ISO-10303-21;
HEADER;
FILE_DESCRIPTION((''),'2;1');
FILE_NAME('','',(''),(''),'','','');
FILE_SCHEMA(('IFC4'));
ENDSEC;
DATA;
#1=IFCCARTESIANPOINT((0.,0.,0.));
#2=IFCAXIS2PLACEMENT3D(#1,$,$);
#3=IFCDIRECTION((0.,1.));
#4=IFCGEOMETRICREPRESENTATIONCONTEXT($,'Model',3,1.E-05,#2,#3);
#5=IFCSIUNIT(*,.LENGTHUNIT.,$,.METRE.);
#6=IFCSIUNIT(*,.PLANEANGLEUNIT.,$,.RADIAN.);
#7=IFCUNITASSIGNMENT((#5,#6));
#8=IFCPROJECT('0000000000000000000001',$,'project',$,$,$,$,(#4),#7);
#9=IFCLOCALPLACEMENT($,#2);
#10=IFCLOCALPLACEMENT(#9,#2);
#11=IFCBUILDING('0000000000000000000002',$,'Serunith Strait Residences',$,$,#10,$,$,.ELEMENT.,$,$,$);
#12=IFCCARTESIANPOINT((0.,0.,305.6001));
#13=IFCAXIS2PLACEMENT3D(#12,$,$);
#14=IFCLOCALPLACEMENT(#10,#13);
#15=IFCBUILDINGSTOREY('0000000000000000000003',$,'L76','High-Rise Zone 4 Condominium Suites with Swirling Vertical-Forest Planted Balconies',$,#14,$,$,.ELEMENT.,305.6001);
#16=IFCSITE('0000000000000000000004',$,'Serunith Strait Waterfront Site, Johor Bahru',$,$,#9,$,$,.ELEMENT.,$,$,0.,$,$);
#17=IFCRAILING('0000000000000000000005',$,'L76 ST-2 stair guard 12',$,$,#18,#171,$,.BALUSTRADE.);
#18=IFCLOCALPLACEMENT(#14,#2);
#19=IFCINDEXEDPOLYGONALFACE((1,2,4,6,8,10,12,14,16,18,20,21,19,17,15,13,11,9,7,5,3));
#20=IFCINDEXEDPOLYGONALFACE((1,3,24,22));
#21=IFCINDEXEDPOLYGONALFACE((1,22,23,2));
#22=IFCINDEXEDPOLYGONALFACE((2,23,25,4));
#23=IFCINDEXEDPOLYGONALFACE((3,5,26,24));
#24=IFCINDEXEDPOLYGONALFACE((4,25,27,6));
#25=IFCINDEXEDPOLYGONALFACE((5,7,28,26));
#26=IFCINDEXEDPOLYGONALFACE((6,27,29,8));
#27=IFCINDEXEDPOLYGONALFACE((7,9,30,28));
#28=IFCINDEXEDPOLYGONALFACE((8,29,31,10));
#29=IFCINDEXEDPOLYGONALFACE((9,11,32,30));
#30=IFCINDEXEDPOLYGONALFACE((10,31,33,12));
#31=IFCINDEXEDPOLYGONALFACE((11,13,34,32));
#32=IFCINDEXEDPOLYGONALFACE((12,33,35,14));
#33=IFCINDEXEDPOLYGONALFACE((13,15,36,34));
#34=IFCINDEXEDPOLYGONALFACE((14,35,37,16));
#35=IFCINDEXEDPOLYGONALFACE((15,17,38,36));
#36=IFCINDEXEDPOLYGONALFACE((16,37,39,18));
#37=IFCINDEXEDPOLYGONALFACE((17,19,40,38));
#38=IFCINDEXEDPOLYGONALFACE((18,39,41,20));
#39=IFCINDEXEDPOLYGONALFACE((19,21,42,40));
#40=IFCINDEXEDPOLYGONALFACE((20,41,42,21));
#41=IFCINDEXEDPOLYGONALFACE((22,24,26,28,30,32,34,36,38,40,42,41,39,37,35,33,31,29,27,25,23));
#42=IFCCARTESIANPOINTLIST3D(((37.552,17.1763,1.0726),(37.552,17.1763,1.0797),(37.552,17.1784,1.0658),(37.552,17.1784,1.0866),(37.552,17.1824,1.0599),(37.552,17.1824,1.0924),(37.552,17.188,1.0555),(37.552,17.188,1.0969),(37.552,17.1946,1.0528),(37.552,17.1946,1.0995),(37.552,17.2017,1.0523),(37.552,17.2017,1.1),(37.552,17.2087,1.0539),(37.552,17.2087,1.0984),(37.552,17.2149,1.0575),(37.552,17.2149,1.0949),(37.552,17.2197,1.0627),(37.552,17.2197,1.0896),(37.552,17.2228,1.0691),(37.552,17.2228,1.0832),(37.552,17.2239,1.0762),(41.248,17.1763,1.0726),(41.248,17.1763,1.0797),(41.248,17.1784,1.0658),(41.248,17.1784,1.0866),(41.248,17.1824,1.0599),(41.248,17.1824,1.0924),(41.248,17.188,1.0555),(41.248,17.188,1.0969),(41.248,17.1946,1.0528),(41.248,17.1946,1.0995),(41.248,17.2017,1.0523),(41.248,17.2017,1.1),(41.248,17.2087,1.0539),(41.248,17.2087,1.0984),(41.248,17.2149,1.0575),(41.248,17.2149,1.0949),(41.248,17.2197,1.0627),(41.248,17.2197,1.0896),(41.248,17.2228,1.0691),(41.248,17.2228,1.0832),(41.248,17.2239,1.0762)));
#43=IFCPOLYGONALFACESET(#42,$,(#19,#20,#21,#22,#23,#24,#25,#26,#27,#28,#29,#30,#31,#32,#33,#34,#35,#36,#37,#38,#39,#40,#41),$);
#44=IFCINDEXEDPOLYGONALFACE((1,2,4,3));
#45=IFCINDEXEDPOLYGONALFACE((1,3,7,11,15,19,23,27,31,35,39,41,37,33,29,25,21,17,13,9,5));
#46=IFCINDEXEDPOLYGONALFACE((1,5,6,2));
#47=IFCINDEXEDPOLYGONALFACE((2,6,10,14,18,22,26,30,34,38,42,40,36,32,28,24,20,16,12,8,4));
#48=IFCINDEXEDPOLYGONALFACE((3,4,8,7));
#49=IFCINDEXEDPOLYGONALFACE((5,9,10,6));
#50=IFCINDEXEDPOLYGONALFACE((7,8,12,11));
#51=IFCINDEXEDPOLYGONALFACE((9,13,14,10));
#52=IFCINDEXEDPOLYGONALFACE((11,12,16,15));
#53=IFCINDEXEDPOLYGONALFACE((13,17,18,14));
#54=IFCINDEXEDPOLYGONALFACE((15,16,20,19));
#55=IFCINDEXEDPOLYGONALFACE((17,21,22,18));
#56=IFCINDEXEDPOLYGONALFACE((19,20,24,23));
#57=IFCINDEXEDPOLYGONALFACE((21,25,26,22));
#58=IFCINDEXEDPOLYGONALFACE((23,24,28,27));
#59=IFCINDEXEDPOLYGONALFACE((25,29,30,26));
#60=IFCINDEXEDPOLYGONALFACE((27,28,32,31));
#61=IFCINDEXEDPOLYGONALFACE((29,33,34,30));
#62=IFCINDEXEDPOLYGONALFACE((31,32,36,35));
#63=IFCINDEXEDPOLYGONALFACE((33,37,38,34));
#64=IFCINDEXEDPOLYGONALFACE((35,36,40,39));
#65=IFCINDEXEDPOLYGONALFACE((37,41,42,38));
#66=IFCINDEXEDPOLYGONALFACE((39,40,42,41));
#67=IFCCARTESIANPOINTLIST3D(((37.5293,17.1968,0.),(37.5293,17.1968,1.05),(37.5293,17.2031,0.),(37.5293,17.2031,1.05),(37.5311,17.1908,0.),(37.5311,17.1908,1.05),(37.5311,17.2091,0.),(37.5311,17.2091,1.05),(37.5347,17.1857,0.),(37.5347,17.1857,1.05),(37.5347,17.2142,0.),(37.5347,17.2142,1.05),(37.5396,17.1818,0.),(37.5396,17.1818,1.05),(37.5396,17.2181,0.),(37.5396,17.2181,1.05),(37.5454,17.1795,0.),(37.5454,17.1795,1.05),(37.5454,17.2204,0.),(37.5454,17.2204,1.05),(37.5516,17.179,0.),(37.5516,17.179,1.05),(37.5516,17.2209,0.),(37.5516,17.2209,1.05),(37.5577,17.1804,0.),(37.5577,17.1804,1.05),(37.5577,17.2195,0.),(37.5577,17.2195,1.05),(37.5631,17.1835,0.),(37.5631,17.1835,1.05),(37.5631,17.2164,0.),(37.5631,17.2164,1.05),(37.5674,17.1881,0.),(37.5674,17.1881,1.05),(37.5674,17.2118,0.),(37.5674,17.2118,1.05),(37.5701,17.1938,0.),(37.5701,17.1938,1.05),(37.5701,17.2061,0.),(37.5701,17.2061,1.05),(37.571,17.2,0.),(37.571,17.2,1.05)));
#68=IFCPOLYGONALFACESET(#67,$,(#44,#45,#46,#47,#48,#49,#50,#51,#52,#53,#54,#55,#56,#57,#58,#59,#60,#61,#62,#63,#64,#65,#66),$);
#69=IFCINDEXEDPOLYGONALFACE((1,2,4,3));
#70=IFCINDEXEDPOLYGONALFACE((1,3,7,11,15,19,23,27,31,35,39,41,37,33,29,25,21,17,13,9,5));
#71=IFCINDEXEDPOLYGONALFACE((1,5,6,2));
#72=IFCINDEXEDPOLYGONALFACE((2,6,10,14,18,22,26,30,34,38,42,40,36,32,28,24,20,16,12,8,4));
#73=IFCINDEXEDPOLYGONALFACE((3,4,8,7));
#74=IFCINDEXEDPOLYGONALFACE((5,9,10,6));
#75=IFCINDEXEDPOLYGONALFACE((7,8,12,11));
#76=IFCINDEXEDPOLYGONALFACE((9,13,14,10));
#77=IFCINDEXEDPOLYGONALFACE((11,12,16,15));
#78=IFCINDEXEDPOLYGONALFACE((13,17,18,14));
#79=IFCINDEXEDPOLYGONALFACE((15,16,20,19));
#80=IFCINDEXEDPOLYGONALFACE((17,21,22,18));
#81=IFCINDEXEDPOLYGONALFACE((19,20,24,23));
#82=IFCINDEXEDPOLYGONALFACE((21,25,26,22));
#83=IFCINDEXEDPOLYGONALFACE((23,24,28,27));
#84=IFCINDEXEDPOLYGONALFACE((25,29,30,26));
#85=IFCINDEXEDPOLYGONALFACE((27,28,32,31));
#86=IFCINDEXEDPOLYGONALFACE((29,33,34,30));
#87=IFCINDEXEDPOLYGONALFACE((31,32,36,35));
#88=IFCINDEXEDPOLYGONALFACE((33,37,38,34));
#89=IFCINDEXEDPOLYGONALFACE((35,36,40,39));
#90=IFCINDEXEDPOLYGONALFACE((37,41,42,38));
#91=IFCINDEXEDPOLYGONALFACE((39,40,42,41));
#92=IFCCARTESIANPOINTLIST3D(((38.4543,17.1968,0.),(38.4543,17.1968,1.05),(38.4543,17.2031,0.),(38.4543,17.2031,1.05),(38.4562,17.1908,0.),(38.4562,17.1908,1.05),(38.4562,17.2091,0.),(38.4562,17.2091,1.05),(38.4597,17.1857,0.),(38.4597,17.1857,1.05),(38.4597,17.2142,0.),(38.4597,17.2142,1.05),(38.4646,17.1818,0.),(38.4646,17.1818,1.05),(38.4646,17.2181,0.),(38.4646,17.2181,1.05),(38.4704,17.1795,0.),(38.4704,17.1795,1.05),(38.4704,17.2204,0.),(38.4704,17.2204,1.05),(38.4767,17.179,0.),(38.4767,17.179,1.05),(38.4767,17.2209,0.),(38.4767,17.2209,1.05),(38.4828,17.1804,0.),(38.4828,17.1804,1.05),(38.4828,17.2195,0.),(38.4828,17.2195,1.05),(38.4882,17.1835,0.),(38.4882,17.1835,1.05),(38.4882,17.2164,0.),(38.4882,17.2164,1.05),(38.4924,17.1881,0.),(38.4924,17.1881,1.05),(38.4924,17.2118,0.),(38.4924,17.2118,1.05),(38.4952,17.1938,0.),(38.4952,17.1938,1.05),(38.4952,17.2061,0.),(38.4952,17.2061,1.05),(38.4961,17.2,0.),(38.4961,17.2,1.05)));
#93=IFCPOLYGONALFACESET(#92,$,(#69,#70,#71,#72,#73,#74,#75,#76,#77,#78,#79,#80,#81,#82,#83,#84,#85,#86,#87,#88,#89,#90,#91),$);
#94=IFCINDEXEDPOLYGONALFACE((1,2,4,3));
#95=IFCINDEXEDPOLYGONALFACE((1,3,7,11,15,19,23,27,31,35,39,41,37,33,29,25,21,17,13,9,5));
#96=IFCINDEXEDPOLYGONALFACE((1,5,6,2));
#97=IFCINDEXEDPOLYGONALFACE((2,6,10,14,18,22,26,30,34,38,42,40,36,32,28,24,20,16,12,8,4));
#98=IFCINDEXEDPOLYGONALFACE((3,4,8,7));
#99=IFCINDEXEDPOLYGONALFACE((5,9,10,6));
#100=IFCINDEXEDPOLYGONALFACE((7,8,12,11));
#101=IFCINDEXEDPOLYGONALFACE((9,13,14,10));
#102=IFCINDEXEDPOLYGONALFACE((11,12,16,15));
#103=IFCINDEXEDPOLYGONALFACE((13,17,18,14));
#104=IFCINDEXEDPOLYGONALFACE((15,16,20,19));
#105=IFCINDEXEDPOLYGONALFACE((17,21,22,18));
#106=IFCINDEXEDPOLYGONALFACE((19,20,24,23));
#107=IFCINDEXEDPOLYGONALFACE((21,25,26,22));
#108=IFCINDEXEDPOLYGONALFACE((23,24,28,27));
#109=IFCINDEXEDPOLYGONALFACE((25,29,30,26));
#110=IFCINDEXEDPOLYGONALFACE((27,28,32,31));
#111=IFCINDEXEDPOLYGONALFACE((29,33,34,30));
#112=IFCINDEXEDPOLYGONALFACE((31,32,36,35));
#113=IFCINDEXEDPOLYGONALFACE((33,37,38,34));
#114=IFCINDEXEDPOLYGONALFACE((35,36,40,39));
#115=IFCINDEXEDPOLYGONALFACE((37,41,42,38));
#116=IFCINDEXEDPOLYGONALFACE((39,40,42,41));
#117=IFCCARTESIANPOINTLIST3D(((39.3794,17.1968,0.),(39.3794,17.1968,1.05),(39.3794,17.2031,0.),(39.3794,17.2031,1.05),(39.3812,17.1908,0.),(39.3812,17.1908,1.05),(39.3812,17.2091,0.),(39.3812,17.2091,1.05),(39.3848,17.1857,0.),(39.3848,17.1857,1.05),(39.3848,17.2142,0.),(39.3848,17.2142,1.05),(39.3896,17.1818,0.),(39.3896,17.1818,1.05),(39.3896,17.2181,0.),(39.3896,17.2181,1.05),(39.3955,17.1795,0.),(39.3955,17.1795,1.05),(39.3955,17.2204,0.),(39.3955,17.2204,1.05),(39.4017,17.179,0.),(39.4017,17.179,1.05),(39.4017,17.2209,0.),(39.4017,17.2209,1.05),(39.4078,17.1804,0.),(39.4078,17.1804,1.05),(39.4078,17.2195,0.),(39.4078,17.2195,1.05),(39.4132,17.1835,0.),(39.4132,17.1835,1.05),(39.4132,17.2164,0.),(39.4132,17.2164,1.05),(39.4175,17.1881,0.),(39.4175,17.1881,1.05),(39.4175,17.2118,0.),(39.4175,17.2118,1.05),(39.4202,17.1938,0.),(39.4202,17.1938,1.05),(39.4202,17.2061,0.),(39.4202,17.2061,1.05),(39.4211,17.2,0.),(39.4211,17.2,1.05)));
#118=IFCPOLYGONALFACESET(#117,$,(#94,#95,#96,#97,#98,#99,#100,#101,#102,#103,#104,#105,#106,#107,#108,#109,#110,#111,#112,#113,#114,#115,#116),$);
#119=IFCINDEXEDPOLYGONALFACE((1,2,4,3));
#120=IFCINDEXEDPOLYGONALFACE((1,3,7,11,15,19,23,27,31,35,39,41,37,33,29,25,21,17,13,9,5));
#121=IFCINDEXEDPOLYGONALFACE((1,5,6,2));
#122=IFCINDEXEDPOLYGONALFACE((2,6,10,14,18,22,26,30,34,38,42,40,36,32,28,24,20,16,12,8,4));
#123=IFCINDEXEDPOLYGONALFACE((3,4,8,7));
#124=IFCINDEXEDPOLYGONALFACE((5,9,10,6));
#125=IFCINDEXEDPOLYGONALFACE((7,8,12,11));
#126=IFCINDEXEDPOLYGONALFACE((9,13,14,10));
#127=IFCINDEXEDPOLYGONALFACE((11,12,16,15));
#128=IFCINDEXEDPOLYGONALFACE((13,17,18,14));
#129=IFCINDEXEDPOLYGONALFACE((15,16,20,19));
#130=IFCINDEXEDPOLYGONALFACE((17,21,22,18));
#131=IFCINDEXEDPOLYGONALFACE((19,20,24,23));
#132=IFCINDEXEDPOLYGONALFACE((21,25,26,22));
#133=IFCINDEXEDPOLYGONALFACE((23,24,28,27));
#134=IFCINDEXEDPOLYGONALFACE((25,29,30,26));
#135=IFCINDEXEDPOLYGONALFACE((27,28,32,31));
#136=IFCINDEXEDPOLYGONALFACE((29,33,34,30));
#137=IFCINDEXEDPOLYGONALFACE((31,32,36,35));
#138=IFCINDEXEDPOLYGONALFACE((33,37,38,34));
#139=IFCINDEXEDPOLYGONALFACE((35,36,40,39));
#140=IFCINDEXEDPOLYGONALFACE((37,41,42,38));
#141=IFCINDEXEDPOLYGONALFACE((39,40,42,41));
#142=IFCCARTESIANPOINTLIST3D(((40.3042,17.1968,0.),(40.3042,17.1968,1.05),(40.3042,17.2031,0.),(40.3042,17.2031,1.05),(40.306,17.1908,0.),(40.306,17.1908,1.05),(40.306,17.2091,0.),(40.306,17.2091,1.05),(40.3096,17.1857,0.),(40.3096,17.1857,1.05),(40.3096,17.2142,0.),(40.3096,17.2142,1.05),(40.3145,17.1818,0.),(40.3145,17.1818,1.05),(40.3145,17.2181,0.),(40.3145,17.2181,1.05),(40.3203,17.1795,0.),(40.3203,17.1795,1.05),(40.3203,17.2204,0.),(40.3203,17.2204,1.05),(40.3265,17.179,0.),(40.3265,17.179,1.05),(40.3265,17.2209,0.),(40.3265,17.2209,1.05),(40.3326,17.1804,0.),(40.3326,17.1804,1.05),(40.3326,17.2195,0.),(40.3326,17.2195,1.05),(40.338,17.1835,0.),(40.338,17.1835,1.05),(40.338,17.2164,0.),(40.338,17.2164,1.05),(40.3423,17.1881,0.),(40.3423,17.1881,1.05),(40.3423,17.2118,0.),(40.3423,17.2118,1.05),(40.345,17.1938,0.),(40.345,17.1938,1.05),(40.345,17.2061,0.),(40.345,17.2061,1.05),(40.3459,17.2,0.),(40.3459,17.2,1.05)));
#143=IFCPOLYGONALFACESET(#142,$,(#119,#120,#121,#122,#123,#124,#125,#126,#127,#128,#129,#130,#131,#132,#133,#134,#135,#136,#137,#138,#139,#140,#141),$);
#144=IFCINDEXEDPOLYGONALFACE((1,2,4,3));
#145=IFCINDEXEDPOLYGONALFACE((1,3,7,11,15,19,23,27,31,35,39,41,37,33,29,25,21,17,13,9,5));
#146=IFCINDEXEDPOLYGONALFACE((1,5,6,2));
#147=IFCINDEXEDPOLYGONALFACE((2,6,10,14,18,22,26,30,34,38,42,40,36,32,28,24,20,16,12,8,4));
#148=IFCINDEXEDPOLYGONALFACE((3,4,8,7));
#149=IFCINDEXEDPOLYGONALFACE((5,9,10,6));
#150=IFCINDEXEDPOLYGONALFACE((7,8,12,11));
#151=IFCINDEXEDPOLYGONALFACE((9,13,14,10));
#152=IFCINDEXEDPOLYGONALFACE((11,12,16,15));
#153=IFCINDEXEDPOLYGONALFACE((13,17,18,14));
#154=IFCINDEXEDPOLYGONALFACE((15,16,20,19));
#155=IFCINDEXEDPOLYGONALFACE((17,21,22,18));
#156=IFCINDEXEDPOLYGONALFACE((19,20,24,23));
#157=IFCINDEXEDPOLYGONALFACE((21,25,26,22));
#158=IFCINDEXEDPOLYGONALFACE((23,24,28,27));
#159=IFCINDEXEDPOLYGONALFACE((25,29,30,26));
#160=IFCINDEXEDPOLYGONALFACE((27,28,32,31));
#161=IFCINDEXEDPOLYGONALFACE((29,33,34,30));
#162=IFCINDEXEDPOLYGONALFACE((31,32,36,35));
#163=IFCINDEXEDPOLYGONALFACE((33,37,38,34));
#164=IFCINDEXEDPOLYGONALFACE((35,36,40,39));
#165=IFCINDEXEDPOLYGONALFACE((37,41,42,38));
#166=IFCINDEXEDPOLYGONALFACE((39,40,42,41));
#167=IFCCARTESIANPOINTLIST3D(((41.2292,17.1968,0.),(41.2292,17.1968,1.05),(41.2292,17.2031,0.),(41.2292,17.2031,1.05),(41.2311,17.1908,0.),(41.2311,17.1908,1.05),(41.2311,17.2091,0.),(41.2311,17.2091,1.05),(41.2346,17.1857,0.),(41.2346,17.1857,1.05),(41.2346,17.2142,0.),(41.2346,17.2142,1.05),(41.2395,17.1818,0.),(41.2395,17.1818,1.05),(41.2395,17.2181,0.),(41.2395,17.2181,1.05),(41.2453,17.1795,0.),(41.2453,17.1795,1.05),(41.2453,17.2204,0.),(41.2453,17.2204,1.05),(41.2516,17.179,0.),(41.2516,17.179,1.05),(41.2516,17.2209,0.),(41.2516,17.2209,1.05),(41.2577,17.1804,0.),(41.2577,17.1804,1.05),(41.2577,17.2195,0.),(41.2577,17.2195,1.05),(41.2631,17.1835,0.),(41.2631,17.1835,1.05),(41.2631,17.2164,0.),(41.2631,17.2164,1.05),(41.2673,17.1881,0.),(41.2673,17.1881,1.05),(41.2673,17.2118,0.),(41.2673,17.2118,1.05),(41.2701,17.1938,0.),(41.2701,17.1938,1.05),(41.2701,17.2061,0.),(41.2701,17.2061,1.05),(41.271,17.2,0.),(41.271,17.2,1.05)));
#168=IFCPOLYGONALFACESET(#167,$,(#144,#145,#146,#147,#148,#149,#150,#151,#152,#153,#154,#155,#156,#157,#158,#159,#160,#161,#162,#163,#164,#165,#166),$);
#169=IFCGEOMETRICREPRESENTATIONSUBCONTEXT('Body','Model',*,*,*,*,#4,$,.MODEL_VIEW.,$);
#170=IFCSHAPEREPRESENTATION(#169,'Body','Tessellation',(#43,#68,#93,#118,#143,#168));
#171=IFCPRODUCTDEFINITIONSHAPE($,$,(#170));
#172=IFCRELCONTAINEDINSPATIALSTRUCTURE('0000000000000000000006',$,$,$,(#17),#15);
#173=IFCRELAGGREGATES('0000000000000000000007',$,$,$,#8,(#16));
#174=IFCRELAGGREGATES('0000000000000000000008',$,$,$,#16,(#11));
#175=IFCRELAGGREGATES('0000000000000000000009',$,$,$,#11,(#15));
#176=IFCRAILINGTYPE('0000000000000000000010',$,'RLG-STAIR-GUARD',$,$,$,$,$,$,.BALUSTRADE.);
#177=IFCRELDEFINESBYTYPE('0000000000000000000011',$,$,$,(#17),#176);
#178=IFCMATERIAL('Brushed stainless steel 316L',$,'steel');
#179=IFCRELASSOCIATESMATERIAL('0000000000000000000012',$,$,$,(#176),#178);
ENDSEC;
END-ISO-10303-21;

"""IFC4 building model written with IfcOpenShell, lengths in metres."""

from ifc_helpers import new_model, si_unit, direction, frame, origin, origin_2d, place, context, subcontext, project, spatial, circle, extrude, material, type_object, element, save


model = new_model("IFC4")

# Units and contexts
model_context = context("Model", 3, precision=1e-05, world=origin(), true_north=direction((0.0, 1.0)))
body_context = subcontext(model_context, "Body", "Model", "MODEL_VIEW")
ifc_project = project(units=[si_unit("LENGTHUNIT", "METRE"), si_unit("PLANEANGLEUNIT", "RADIAN")], contexts=[model_context])

# Site, building, storey
site_placement = place(None, origin())
site = spatial("IfcSite", under=ifc_project, at=site_placement, Name="Serunith Strait Waterfront Site, Johor Bahru", CompositionType="ELEMENT", RefElevation=0.0)
building_placement = place(site_placement, origin())
building = spatial("IfcBuilding", under=site, at=building_placement, Name="Serunith Strait Residences", CompositionType="ELEMENT")
storey_placement = place(building_placement, frame((0.0, 0.0, 305.6001)))
storey = spatial("IfcBuildingStorey", under=building, at=storey_placement, Name="L76", Description="High-Rise Zone 4 Condominium Suites with Swirling Vertical-Forest Planted Balconies", CompositionType="ELEMENT", Elevation=305.6001)

# Railing
ifc_material_1 = material(Name="Brushed stainless steel 316L", Category="steel")
railing_type_1 = type_object("IfcRailingType", Name="RLG-STAIR-GUARD", PredefinedType="BALUSTRADE", material=ifc_material_1)
railing_1_placement = place(storey_placement, frame((37.55, 17.2, 0.0)))
element("IfcRailing", 1, at=railing_1_placement, inside=storey, type_object=railing_type_1, Name="L76 ST-2 stair guard 12", PredefinedType="BALUSTRADE", context=body_context, shape_type="SweptSolid", body=[
    extrude(circle(Radius=0.0239, at=origin_2d()), frame((0.002, 0.0, 1.0762), z_axis=(1.0, 0.0, 0.0), x_axis=(0.0, 1.0, 0.0)), (0.0, 0.0, 1.0), 3.696),
    extrude(circle(Radius=0.021, at=origin_2d()), origin(), (0.0, 0.0, 1.0), 1.05),
    extrude(circle(Radius=0.021, at=origin_2d()), frame((0.925, 0.0, 0.0)), (0.0, 0.0, 1.0), 1.05),
    extrude(circle(Radius=0.021, at=origin_2d()), frame((1.8501, 0.0, 0.0)), (0.0, 0.0, 1.0), 1.05),
    extrude(circle(Radius=0.021, at=origin_2d()), frame((2.7749, 0.0, 0.0)), (0.0, 0.0, 1.0), 1.05),
    extrude(circle(Radius=0.021, at=origin_2d()), frame((3.7, 0.0, 0.0)), (0.0, 0.0, 1.0), 1.05),
])

save(model, "model.ifc")
